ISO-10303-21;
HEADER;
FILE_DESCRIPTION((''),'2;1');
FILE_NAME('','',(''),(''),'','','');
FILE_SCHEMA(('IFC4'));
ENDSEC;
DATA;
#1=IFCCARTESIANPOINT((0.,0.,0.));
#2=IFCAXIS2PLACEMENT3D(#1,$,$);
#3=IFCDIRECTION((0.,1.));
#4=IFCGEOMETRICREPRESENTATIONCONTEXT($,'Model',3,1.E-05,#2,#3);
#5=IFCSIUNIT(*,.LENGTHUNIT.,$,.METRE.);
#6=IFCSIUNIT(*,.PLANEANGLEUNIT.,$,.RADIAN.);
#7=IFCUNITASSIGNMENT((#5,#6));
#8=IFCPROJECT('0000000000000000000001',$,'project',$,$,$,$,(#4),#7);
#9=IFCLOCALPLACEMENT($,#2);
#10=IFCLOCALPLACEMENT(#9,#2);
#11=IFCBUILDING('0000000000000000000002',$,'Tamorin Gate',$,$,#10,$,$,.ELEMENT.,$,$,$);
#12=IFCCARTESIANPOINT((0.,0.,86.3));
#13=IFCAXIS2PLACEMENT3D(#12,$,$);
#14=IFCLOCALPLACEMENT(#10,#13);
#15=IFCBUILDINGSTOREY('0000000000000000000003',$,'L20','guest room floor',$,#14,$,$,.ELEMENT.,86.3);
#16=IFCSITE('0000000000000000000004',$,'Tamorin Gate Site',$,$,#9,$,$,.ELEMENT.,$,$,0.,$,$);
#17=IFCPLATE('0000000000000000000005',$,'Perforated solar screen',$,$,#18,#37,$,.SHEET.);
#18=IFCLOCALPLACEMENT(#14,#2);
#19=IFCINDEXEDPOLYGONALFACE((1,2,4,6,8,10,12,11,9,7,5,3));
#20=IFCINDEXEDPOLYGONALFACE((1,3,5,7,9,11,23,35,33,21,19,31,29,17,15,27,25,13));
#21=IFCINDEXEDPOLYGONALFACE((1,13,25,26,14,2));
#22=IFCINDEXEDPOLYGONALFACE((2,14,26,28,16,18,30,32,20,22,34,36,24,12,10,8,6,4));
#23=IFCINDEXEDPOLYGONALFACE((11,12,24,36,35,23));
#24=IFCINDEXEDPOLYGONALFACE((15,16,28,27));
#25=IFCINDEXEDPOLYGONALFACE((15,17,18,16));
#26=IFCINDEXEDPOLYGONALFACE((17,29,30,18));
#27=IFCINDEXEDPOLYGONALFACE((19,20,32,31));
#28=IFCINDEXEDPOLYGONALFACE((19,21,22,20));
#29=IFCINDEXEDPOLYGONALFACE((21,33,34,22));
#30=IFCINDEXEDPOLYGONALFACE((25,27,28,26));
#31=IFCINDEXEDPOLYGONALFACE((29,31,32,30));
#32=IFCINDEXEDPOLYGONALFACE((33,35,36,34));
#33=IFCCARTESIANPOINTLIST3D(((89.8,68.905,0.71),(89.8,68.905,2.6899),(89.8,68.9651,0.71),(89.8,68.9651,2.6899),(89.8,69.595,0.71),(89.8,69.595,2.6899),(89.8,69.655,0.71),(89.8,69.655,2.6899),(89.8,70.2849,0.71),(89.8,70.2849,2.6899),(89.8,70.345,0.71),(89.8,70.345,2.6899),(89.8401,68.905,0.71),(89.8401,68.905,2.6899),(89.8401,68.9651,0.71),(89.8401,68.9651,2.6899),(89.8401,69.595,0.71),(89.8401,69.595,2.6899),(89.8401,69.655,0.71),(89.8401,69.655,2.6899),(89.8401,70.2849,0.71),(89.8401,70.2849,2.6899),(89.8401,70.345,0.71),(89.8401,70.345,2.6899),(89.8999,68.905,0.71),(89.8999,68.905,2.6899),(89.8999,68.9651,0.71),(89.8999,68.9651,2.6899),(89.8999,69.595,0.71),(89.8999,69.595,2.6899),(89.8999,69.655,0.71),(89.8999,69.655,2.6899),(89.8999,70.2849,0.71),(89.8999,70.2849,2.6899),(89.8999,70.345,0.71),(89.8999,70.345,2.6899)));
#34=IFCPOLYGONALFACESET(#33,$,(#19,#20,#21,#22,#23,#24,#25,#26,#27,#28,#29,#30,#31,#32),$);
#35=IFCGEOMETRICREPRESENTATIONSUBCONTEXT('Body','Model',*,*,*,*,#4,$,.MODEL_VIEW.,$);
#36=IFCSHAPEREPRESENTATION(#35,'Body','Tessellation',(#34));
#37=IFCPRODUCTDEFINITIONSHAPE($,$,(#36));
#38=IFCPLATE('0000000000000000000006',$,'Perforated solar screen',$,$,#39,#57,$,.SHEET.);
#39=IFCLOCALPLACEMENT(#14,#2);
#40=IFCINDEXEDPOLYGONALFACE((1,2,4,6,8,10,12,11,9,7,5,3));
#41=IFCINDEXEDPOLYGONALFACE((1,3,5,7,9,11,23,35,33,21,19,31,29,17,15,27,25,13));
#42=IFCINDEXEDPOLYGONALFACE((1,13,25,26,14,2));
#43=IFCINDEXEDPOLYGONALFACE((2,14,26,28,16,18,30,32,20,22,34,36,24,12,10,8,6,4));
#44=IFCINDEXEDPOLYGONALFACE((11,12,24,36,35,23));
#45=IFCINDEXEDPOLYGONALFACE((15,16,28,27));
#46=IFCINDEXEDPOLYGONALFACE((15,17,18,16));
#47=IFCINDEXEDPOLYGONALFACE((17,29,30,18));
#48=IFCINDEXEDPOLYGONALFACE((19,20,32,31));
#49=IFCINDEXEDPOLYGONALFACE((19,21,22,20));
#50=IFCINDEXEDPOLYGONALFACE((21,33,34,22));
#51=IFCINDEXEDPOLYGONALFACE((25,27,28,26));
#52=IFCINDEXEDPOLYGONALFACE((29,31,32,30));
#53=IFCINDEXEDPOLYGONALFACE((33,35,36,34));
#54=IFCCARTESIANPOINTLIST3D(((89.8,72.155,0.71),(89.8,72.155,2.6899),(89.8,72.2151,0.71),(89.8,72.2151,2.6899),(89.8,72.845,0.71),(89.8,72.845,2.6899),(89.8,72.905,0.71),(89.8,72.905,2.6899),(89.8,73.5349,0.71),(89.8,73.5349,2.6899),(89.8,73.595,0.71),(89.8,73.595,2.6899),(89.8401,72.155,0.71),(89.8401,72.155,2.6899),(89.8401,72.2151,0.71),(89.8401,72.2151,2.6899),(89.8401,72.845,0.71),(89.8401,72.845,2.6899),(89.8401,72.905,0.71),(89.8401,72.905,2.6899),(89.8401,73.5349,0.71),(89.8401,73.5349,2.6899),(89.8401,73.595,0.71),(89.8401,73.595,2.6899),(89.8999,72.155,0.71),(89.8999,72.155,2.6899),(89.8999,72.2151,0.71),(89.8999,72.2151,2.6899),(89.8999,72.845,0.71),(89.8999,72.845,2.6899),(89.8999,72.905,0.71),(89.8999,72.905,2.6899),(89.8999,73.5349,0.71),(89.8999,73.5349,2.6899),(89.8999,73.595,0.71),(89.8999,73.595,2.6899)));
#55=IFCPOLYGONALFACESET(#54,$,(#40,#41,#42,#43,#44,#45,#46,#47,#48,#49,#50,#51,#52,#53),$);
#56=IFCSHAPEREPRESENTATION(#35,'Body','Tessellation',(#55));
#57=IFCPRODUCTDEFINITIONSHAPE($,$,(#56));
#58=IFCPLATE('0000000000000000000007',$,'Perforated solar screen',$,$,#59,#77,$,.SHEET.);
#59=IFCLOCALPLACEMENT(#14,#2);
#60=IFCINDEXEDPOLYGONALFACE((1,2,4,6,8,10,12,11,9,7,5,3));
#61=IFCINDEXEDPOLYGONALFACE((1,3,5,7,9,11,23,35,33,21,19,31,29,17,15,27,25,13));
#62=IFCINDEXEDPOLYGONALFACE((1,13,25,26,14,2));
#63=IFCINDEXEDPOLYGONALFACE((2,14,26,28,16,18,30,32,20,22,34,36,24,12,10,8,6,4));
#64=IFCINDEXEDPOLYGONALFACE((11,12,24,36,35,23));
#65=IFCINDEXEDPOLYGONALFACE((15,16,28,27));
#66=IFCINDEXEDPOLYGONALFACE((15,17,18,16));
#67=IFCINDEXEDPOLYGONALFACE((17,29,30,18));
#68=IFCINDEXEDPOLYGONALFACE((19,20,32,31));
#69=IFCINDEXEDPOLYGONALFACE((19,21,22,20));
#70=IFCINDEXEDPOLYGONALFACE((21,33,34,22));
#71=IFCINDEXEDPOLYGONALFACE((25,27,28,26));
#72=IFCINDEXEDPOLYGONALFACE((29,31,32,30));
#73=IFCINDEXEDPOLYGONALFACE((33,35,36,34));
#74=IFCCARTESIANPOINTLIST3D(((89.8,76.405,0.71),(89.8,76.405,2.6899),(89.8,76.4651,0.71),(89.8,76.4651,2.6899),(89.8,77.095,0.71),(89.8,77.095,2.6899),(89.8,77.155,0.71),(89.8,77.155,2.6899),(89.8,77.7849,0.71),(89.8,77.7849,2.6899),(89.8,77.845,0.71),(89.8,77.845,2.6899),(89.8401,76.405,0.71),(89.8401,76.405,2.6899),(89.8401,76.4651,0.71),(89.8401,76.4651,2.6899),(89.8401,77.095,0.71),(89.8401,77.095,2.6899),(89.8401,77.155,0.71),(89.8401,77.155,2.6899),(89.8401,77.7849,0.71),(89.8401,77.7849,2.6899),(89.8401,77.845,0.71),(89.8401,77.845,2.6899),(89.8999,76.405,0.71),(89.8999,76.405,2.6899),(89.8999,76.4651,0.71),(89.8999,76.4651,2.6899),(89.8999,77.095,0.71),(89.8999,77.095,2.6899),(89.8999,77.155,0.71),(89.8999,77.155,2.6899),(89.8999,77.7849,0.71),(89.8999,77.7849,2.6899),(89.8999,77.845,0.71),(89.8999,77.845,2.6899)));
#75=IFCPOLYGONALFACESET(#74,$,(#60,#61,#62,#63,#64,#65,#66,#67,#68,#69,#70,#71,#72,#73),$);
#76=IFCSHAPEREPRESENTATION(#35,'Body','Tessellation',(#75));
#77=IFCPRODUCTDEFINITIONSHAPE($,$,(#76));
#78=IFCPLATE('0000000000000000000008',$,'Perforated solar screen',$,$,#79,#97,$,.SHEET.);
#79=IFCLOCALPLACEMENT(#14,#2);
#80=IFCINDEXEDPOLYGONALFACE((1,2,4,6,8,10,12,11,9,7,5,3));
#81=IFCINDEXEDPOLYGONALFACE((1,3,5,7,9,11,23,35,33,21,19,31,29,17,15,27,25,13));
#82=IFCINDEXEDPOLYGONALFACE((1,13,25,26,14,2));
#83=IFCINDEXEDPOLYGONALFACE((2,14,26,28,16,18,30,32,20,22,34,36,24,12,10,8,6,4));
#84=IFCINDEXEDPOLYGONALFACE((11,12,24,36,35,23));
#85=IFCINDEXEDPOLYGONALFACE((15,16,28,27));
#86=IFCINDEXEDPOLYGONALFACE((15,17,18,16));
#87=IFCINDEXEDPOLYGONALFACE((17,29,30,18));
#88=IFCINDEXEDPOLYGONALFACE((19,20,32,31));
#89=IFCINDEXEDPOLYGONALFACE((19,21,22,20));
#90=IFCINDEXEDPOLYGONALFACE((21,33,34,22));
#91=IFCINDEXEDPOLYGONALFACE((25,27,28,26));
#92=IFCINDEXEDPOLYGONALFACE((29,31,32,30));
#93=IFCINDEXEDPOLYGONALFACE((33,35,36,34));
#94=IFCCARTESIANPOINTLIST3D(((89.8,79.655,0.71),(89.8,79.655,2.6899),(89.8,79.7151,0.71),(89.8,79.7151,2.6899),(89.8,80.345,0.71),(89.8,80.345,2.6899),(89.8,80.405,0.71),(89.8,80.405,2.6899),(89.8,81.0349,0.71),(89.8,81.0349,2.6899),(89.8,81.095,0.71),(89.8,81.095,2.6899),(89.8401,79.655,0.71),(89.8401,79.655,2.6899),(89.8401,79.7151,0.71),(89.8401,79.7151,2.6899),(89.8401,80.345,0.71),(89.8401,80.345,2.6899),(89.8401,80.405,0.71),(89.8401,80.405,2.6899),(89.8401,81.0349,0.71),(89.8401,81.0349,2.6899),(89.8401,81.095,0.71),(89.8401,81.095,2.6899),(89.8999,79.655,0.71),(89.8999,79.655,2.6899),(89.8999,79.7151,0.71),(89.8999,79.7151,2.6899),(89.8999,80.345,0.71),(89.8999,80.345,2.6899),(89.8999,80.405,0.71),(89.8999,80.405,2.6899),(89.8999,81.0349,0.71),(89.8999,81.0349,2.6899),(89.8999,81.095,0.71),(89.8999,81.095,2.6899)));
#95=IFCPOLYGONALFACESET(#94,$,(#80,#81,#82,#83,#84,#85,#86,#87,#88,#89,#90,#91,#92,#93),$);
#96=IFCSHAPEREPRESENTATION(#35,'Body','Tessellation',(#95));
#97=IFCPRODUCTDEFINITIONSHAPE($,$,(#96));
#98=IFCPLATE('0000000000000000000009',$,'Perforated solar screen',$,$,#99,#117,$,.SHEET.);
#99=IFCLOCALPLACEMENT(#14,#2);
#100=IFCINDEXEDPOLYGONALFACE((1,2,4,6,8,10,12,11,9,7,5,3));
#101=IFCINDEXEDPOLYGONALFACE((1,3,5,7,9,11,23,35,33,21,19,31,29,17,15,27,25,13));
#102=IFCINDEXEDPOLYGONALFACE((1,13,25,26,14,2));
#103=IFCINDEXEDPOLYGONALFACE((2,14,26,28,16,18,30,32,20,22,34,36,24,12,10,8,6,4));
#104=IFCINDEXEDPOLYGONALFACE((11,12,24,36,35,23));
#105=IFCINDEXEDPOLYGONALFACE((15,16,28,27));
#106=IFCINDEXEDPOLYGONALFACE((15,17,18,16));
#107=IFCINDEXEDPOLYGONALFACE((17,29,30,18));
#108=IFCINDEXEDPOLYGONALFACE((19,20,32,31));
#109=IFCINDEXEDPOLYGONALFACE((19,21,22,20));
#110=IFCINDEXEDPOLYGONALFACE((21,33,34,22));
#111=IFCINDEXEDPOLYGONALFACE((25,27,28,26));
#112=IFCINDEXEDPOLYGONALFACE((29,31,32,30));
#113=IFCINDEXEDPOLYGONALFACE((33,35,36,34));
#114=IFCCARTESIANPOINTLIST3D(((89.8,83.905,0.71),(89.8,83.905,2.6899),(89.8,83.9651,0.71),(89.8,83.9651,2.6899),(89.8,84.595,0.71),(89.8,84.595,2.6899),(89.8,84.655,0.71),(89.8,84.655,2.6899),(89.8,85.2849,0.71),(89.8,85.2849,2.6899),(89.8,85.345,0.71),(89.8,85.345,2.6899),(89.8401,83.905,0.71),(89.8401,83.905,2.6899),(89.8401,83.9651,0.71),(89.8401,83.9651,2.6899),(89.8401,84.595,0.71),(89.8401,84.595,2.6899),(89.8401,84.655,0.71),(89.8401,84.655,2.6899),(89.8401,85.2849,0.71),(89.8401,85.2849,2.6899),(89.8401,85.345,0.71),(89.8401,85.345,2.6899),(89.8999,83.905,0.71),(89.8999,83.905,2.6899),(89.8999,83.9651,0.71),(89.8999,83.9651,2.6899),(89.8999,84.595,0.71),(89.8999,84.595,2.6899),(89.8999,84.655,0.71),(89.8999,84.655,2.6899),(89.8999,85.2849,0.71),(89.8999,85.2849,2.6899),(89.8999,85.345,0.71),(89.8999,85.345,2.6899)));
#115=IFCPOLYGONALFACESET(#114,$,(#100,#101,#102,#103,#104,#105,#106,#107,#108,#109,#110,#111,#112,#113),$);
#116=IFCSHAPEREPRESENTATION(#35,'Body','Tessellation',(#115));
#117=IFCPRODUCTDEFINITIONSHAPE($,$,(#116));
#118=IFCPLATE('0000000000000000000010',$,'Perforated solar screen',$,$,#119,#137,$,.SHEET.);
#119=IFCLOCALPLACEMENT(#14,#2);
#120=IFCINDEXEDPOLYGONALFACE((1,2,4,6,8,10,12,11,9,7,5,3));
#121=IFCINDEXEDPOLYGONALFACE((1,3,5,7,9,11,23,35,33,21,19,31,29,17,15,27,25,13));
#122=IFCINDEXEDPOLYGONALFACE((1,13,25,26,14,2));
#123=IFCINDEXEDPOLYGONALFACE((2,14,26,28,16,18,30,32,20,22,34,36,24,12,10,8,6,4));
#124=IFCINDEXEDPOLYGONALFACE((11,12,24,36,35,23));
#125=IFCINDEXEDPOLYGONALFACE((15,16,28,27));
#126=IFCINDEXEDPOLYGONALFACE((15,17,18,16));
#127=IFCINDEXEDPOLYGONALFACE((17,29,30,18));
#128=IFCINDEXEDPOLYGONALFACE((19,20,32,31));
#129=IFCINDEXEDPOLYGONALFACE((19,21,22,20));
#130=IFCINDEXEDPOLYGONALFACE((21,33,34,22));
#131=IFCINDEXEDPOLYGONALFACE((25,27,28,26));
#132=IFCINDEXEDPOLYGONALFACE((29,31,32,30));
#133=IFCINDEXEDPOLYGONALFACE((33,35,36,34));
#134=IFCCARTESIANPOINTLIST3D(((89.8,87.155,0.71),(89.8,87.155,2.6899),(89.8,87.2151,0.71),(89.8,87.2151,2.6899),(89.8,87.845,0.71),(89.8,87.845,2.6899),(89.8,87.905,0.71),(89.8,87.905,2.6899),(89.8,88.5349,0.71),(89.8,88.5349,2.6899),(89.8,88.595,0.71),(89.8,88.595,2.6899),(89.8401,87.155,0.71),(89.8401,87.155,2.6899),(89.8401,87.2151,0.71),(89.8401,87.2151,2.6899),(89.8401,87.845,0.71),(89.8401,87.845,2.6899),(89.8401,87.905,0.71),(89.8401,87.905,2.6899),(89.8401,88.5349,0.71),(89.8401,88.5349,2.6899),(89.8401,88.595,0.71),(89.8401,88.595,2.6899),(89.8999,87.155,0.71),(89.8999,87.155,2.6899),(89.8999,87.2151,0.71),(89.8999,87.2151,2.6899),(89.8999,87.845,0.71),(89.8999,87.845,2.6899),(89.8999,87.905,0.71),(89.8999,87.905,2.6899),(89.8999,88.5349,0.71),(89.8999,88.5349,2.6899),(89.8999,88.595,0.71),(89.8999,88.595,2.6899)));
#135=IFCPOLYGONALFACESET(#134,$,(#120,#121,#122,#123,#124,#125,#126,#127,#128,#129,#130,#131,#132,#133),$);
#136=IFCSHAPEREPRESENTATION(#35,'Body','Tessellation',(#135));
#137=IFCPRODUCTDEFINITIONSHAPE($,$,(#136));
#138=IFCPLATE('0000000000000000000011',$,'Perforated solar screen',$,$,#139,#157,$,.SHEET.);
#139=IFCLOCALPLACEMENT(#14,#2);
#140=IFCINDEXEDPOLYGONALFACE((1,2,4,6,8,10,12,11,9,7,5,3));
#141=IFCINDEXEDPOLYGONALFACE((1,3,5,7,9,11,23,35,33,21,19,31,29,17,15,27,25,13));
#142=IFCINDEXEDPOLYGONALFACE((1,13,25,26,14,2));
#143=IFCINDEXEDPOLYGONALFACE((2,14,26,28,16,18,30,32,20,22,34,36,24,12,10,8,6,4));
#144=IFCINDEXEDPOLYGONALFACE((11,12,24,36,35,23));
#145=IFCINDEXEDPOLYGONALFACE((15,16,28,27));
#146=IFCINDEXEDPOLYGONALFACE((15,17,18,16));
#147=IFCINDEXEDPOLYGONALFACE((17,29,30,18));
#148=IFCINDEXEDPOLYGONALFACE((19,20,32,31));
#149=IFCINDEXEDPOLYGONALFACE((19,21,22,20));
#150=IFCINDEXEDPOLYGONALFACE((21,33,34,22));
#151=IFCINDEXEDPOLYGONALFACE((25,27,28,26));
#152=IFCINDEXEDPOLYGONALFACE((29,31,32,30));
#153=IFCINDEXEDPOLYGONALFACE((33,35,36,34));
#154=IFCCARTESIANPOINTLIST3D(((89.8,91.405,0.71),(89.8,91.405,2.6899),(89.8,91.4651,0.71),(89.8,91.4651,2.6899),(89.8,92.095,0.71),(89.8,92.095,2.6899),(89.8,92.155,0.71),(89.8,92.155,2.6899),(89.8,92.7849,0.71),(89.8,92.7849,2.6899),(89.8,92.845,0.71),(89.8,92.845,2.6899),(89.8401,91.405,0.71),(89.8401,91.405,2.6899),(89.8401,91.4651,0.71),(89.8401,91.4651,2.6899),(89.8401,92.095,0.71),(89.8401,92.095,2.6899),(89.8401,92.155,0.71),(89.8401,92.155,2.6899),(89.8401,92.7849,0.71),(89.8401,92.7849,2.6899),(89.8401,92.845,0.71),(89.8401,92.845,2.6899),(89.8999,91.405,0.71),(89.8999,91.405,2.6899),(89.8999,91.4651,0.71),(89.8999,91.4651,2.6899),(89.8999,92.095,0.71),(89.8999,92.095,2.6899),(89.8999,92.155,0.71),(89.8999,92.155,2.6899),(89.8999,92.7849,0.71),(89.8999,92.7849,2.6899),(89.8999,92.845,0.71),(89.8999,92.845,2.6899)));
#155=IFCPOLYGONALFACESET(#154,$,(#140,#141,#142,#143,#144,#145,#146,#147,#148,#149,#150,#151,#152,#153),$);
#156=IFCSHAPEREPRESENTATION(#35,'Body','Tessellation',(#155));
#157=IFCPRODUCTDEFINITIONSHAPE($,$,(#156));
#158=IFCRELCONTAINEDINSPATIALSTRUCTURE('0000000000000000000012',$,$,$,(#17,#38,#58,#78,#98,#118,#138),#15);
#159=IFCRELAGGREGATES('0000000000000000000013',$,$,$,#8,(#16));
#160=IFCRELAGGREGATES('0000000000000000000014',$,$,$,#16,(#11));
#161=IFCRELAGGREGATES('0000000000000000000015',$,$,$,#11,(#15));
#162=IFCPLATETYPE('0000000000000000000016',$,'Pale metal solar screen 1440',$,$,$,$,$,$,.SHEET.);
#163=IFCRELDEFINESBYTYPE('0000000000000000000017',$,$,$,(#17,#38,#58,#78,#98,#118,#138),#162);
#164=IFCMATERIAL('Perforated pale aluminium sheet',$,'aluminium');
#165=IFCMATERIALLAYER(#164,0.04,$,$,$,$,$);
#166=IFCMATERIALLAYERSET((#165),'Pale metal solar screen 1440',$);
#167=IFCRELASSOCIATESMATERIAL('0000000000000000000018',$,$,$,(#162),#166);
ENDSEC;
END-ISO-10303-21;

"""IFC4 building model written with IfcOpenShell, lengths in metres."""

from ifc_helpers import new_model, si_unit, direction, frame, origin, place, context, subcontext, project, spatial, polyline, outline, extrude, material, layer, layer_set, type_object, element, save


model = new_model("IFC4")

# Units and contexts
model_context = context("Model", 3, precision=1e-05, world=origin(), true_north=direction((0.0, 1.0)))
body_context = subcontext(model_context, "Body", "Model", "MODEL_VIEW")
ifc_project = project(units=[si_unit("LENGTHUNIT", "METRE"), si_unit("PLANEANGLEUNIT", "RADIAN")], contexts=[model_context])

# Site, building, storey
site_placement = place(None, origin())
site = spatial("IfcSite", under=ifc_project, at=site_placement, Name="Tamorin Gate Site", CompositionType="ELEMENT", RefElevation=0.0)
building_placement = place(site_placement, origin())
building = spatial("IfcBuilding", under=site, at=building_placement, Name="Tamorin Gate", CompositionType="ELEMENT")
storey_placement = place(building_placement, frame((0.0, 0.0, 86.3)))
storey = spatial("IfcBuildingStorey", under=building, at=storey_placement, Name="L20", Description="guest room floor", CompositionType="ELEMENT", Elevation=86.3)

# Plates
ifc_material = material(Name="Perforated pale aluminium sheet", Category="aluminium")
ifc_layer = layer(ifc_material, 0.04)
ifc_layer_set = layer_set([ifc_layer], Name="Pale metal solar screen 1440")
plate_type = type_object("IfcPlateType", Name="Pale metal solar screen 1440", PredefinedType="SHEET", material=ifc_layer_set)
plate_1_placement = place(storey_placement, frame((0.0, 0.0, 0.71)))
element("IfcPlate", 1, at=plate_1_placement, inside=storey, type_object=plate_type, Name="Perforated solar screen", PredefinedType="SHEET", context=body_context, shape_type="SweptSolid", body=[
    extrude(outline(polyline([(89.8401, 68.905), (89.8, 68.905), (89.8, 68.9651), (89.8, 69.595), (89.8, 69.655), (89.8, 70.2849), (89.8, 70.345), (89.8401, 70.345), (89.8999, 70.345), (89.8999, 70.2849), (89.8401, 70.2849), (89.8401, 69.655), (89.8999, 69.655), (89.8999, 69.595), (89.8401, 69.595), (89.8401, 68.9651), (89.8999, 68.9651), (89.8999, 68.905), (89.8401, 68.905)])), origin(), (0.0, 0.0, 1.0), 1.98),
])
plate_2_placement = place(storey_placement, frame((0.0, 0.0, 0.71)))
element("IfcPlate", 2, at=plate_2_placement, inside=storey, type_object=plate_type, Name="Perforated solar screen", PredefinedType="SHEET", context=body_context, shape_type="SweptSolid", body=[
    extrude(outline(polyline([(89.8401, 72.155), (89.8, 72.155), (89.8, 72.2151), (89.8, 72.845), (89.8, 72.905), (89.8, 73.5349), (89.8, 73.595), (89.8401, 73.595), (89.8999, 73.595), (89.8999, 73.5349), (89.8401, 73.5349), (89.8401, 72.905), (89.8999, 72.905), (89.8999, 72.845), (89.8401, 72.845), (89.8401, 72.2151), (89.8999, 72.2151), (89.8999, 72.155), (89.8401, 72.155)])), origin(), (0.0, 0.0, 1.0), 1.98),
])
plate_3_placement = place(storey_placement, frame((0.0, 0.0, 0.71)))
element("IfcPlate", 3, at=plate_3_placement, inside=storey, type_object=plate_type, Name="Perforated solar screen", PredefinedType="SHEET", context=body_context, shape_type="SweptSolid", body=[
    extrude(outline(polyline([(89.8401, 76.405), (89.8, 76.405), (89.8, 76.4651), (89.8, 77.095), (89.8, 77.155), (89.8, 77.7849), (89.8, 77.845), (89.8401, 77.845), (89.8999, 77.845), (89.8999, 77.7849), (89.8401, 77.7849), (89.8401, 77.155), (89.8999, 77.155), (89.8999, 77.095), (89.8401, 77.095), (89.8401, 76.4651), (89.8999, 76.4651), (89.8999, 76.405), (89.8401, 76.405)])), origin(), (0.0, 0.0, 1.0), 1.98),
])
plate_4_placement = place(storey_placement, frame((0.0, 0.0, 0.71)))
element("IfcPlate", 4, at=plate_4_placement, inside=storey, type_object=plate_type, Name="Perforated solar screen", PredefinedType="SHEET", context=body_context, shape_type="SweptSolid", body=[
    extrude(outline(polyline([(89.8401, 79.655), (89.8, 79.655), (89.8, 79.7151), (89.8, 80.345), (89.8, 80.405), (89.8, 81.0349), (89.8, 81.095), (89.8401, 81.095), (89.8999, 81.095), (89.8999, 81.0349), (89.8401, 81.0349), (89.8401, 80.405), (89.8999, 80.405), (89.8999, 80.345), (89.8401, 80.345), (89.8401, 79.7151), (89.8999, 79.7151), (89.8999, 79.655), (89.8401, 79.655)])), origin(), (0.0, 0.0, 1.0), 1.98),
])
plate_5_placement = place(storey_placement, frame((0.0, 0.0, 0.71)))
element("IfcPlate", 5, at=plate_5_placement, inside=storey, type_object=plate_type, Name="Perforated solar screen", PredefinedType="SHEET", context=body_context, shape_type="SweptSolid", body=[
    extrude(outline(polyline([(89.8401, 83.905), (89.8, 83.905), (89.8, 83.9651), (89.8, 84.595), (89.8, 84.655), (89.8, 85.2849), (89.8, 85.345), (89.8401, 85.345), (89.8999, 85.345), (89.8999, 85.2849), (89.8401, 85.2849), (89.8401, 84.655), (89.8999, 84.655), (89.8999, 84.595), (89.8401, 84.595), (89.8401, 83.9651), (89.8999, 83.9651), (89.8999, 83.905), (89.8401, 83.905)])), origin(), (0.0, 0.0, 1.0), 1.98),
])
plate_6_placement = place(storey_placement, frame((0.0, 0.0, 0.71)))
element("IfcPlate", 6, at=plate_6_placement, inside=storey, type_object=plate_type, Name="Perforated solar screen", PredefinedType="SHEET", context=body_context, shape_type="SweptSolid", body=[
    extrude(outline(polyline([(89.8401, 87.155), (89.8, 87.155), (89.8, 87.2151), (89.8, 87.845), (89.8, 87.905), (89.8, 88.5349), (89.8, 88.595), (89.8401, 88.595), (89.8999, 88.595), (89.8999, 88.5349), (89.8401, 88.5349), (89.8401, 87.905), (89.8999, 87.905), (89.8999, 87.845), (89.8401, 87.845), (89.8401, 87.2151), (89.8999, 87.2151), (89.8999, 87.155), (89.8401, 87.155)])), origin(), (0.0, 0.0, 1.0), 1.98),
])
plate_7_placement = place(storey_placement, frame((0.0, 0.0, 0.71)))
element("IfcPlate", 7, at=plate_7_placement, inside=storey, type_object=plate_type, Name="Perforated solar screen", PredefinedType="SHEET", context=body_context, shape_type="SweptSolid", body=[
    extrude(outline(polyline([(89.8401, 91.405), (89.8, 91.405), (89.8, 91.4651), (89.8, 92.095), (89.8, 92.155), (89.8, 92.7849), (89.8, 92.845), (89.8401, 92.845), (89.8999, 92.845), (89.8999, 92.7849), (89.8401, 92.7849), (89.8401, 92.155), (89.8999, 92.155), (89.8999, 92.095), (89.8401, 92.095), (89.8401, 91.4651), (89.8999, 91.4651), (89.8999, 91.405), (89.8401, 91.405)])), origin(), (0.0, 0.0, 1.0), 1.98),
])

save(model, "model.ifc")
